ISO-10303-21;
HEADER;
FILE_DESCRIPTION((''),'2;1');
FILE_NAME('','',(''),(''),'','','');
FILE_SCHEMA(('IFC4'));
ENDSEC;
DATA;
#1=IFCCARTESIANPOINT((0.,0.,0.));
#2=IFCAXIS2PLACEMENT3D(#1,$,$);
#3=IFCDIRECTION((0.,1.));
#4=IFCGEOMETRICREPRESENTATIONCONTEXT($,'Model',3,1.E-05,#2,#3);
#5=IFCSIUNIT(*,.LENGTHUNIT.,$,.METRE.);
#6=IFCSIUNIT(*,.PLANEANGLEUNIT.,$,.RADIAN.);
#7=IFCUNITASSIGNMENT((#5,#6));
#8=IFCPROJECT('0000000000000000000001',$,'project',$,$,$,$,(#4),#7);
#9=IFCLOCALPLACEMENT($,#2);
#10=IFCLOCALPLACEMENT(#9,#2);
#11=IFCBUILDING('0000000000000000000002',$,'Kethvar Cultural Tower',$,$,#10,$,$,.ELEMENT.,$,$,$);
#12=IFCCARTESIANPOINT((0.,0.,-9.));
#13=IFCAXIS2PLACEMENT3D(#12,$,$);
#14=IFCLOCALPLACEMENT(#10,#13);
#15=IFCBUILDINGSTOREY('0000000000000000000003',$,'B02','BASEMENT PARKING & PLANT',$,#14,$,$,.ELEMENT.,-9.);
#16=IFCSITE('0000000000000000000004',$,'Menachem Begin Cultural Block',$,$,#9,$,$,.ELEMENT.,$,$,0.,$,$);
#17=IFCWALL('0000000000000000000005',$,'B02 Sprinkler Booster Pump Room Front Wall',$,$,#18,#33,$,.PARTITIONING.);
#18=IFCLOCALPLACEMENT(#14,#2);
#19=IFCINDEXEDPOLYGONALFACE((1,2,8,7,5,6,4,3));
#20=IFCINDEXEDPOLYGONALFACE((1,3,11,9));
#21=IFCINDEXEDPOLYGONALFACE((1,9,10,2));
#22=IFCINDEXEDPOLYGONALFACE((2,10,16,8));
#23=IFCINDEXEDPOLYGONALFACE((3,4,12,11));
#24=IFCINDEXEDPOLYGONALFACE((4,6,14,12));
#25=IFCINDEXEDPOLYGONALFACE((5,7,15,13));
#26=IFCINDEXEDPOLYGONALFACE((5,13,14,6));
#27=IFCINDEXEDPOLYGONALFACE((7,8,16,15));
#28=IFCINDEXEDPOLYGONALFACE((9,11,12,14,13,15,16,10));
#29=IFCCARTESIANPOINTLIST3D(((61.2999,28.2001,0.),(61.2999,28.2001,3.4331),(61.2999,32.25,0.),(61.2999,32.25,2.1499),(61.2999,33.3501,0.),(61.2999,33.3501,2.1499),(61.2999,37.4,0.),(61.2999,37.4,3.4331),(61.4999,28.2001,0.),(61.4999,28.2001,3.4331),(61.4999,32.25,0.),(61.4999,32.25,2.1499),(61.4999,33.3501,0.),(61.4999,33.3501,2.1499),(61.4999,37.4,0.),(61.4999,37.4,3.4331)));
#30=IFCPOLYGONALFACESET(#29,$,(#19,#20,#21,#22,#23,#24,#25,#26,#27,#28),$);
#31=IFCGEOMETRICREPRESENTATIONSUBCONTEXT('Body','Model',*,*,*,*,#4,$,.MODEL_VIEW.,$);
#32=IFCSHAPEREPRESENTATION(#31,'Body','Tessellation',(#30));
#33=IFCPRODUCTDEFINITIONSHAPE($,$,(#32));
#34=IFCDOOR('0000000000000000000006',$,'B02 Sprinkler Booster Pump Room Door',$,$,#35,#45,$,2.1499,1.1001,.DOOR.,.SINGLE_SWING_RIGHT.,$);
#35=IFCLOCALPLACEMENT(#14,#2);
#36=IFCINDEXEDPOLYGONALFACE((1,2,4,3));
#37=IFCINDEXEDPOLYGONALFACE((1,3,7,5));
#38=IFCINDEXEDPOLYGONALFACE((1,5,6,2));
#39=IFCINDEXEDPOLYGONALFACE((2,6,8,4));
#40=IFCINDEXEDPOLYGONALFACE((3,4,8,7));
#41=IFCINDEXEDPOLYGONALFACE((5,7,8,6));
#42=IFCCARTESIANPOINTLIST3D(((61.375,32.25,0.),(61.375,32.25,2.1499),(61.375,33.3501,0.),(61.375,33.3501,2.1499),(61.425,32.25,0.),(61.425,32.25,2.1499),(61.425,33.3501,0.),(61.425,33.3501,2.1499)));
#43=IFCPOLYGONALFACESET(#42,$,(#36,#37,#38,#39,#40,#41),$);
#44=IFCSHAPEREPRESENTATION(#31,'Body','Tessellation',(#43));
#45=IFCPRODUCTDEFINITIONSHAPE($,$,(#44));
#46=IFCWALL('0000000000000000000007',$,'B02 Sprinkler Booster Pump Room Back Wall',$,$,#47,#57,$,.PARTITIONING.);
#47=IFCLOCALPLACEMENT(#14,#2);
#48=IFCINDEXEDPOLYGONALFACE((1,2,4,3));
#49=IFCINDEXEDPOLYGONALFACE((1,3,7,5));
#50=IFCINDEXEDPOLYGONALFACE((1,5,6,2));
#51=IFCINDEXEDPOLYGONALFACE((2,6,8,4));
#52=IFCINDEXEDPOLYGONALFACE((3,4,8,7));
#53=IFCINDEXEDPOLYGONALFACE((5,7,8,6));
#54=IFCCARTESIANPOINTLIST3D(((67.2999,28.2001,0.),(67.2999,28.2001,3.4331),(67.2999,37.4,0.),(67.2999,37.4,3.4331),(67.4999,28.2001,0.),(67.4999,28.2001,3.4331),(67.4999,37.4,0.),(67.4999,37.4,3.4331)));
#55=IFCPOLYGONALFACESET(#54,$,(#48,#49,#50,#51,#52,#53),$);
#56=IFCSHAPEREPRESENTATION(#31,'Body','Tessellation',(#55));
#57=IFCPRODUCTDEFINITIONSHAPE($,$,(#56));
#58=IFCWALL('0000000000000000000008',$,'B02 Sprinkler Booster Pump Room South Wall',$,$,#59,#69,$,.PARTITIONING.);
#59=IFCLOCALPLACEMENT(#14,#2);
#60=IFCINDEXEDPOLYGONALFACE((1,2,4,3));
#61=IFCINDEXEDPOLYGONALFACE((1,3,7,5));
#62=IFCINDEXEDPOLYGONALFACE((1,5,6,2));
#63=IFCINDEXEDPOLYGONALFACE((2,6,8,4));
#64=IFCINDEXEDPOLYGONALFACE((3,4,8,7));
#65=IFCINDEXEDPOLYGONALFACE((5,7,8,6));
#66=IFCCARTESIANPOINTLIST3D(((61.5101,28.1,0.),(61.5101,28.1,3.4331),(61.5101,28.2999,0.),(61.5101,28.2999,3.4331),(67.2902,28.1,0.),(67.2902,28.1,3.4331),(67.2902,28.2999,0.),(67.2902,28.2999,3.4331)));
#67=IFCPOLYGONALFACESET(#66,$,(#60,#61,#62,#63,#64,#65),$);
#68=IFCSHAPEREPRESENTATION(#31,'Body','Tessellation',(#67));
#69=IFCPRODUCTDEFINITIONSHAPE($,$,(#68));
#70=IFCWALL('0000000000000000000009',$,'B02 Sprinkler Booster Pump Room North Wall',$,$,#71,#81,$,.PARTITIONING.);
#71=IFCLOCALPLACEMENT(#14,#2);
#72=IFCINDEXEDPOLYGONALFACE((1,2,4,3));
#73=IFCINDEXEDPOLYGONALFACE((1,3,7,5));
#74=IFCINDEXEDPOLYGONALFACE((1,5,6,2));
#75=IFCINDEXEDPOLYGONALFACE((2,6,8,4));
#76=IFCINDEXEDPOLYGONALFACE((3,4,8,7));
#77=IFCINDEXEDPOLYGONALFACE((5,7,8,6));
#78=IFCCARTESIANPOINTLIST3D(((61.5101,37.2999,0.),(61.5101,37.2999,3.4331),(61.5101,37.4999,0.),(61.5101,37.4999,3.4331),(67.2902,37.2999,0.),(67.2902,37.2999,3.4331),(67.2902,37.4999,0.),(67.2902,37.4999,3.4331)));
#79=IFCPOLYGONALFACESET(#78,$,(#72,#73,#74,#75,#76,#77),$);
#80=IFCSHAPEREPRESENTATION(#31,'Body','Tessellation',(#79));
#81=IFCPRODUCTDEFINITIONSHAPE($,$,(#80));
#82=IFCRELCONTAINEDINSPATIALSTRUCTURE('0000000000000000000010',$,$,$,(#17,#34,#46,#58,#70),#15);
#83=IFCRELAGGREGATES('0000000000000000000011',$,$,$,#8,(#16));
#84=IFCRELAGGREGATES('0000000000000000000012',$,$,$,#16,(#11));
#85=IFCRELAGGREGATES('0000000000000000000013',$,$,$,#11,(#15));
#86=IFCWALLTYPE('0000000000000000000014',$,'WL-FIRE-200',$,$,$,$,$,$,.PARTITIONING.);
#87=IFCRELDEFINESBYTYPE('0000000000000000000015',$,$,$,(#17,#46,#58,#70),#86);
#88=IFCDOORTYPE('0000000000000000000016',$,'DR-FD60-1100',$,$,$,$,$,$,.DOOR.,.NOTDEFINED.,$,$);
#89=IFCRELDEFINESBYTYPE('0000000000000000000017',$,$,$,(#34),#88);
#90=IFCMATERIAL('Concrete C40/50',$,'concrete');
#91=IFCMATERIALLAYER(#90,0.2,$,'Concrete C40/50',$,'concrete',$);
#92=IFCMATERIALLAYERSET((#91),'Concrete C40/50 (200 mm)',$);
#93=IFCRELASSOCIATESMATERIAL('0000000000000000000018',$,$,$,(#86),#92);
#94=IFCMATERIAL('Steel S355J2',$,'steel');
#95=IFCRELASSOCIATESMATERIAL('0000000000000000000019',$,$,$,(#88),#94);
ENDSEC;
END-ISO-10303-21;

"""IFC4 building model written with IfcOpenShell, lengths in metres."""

from ifc_helpers import new_model, si_unit, direction, frame, frame_2d, origin, place, context, subcontext, project, spatial, rectangle, extrude, source, transform, mapped, material, layer, layer_set, type_object, element, fill, save


model = new_model("IFC4")

# Units and contexts
model_context = context("Model", 3, precision=1e-05, world=origin(), true_north=direction((0.0, 1.0)))
body_context = subcontext(model_context, "Body", "Model", "MODEL_VIEW")
ifc_project = project(units=[si_unit("LENGTHUNIT", "METRE"), si_unit("PLANEANGLEUNIT", "RADIAN")], contexts=[model_context])

# Site, building, storey
site_placement = place(None, origin())
site = spatial("IfcSite", under=ifc_project, at=site_placement, Name="Menachem Begin Cultural Block", CompositionType="ELEMENT", RefElevation=0.0)
building_placement = place(site_placement, origin())
building = spatial("IfcBuilding", under=site, at=building_placement, Name="Kethvar Cultural Tower", CompositionType="ELEMENT")
storey_placement = place(building_placement, frame((0.0, 0.0, -9.0)))
storey = spatial("IfcBuildingStorey", under=building, at=storey_placement, Name="B02", Description="BASEMENT PARKING & PLANT", CompositionType="ELEMENT", Elevation=-9.0)

# Shared definitions
ifc_material_1 = material(Name="Steel S355J2", Category="steel")

# Shared definitions
ifc_material_2 = material(Name="Concrete C40/50", Category="concrete")
ifc_layer_1 = layer(ifc_material_2, 0.2, Name="Concrete C40/50", Category="concrete")
ifc_layer_set_1 = layer_set([ifc_layer_1], Name="Concrete C40/50 (200 mm)")
wall_type_1 = type_object("IfcWallType", Name="WL-FIRE-200", PredefinedType="PARTITIONING", material=ifc_layer_set_1)

# Wall, opening, door
wall_1_placement = place(storey_placement, frame((61.3999, 28.2, 0.0), z_axis=(0.0, 0.0, 1.0), x_axis=(0.0, 1.0, 0.0)))
wall_1 = element("IfcWall", 1, at=wall_1_placement, inside=storey, type_object=wall_type_1, Name="B02 Sprinkler Booster Pump Room Front Wall", PredefinedType="PARTITIONING", context=body_context, shape_type="SweptSolid", body=[
    extrude(rectangle(XDim=9.2, YDim=0.2, at=frame_2d((4.6001, 0.0))), origin(), (0.0, 0.0, 1.0), 3.4331),
])
opening_1_placement = place(wall_1_placement, frame((4.05, 0.0, 0.0)))
opening_1 = element("IfcOpeningElement", 2, at=opening_1_placement, cuts=wall_1, PredefinedType="OPENING", context=body_context, shape_type="SweptSolid", body=[
    extrude(rectangle(XDim=1.1001, YDim=2.1499, at=frame_2d((0.55, 1.075))), frame((0.0, 0.1099, 0.0), z_axis=(0.0, -1.0, 0.0), x_axis=(1.0, 0.0, 0.0)), (0.0, 0.0, 1.0), 0.22),
])
door_type_1 = type_object("IfcDoorType", Name="DR-FD60-1100", OperationType="NOTDEFINED", PredefinedType="DOOR", material=ifc_material_1)
shared_shape_1 = source(origin(), body_context, "Body", "SweptSolid", [
    extrude(rectangle(XDim=1.1001, YDim=2.1499, at=frame_2d((0.55, 1.075))), frame((0.0, 0.0249, 0.0), z_axis=(0.0, -1.0, 0.0), x_axis=(1.0, 0.0, 0.0)), (0.0, 0.0, 1.0), 0.05),
])
door_1_placement = place(opening_1_placement, origin())
door_1 = element("IfcDoor", 3, at=door_1_placement, inside=storey, type_object=door_type_1, Name="B02 Sprinkler Booster Pump Room Door", OperationType="SINGLE_SWING_RIGHT", OverallHeight=2.1499, OverallWidth=1.1001, PredefinedType="DOOR", context=body_context, shape_type="MappedRepresentation", body=[
    mapped(shared_shape_1, transform((0.0, 0.0, 0.0), scale=1.0)),
])
fill(opening_1, door_1)

# Walls
wall_2_placement = place(storey_placement, frame((67.3999, 28.2, 0.0), z_axis=(0.0, 0.0, 1.0), x_axis=(0.0, 1.0, 0.0)))
element("IfcWall", 4, at=wall_2_placement, inside=storey, type_object=wall_type_1, Name="B02 Sprinkler Booster Pump Room Back Wall", PredefinedType="PARTITIONING", context=body_context, shape_type="SweptSolid", body=[
    extrude(rectangle(XDim=9.2, YDim=0.2, at=frame_2d((4.6001, 0.0))), origin(), (0.0, 0.0, 1.0), 3.4331),
])
for number, where, z_axis, x_axis, name in (
    (5, (61.51, 28.2, 0.0), (0.0, 0.0, 1.0), (1.0, 0.0, 0.0), "B02 Sprinkler Booster Pump Room South Wall"),
    (6, (61.51, 37.3999, 0.0), (0.0, 0.0, 1.0), (1.0, 0.0, 0.0), "B02 Sprinkler Booster Pump Room North Wall"),
):
    element("IfcWall", number, at=place(storey_placement, frame(where, z_axis=z_axis, x_axis=x_axis)), inside=storey, type_object=wall_type_1, Name=name, PredefinedType="PARTITIONING", context=body_context, shape_type="SweptSolid", body=[
        extrude(rectangle(XDim=5.78, YDim=0.2, at=frame_2d((2.8901, 0.0))), origin(), (0.0, 0.0, 1.0), 3.4331),
    ])

save(model, "model.ifc")
